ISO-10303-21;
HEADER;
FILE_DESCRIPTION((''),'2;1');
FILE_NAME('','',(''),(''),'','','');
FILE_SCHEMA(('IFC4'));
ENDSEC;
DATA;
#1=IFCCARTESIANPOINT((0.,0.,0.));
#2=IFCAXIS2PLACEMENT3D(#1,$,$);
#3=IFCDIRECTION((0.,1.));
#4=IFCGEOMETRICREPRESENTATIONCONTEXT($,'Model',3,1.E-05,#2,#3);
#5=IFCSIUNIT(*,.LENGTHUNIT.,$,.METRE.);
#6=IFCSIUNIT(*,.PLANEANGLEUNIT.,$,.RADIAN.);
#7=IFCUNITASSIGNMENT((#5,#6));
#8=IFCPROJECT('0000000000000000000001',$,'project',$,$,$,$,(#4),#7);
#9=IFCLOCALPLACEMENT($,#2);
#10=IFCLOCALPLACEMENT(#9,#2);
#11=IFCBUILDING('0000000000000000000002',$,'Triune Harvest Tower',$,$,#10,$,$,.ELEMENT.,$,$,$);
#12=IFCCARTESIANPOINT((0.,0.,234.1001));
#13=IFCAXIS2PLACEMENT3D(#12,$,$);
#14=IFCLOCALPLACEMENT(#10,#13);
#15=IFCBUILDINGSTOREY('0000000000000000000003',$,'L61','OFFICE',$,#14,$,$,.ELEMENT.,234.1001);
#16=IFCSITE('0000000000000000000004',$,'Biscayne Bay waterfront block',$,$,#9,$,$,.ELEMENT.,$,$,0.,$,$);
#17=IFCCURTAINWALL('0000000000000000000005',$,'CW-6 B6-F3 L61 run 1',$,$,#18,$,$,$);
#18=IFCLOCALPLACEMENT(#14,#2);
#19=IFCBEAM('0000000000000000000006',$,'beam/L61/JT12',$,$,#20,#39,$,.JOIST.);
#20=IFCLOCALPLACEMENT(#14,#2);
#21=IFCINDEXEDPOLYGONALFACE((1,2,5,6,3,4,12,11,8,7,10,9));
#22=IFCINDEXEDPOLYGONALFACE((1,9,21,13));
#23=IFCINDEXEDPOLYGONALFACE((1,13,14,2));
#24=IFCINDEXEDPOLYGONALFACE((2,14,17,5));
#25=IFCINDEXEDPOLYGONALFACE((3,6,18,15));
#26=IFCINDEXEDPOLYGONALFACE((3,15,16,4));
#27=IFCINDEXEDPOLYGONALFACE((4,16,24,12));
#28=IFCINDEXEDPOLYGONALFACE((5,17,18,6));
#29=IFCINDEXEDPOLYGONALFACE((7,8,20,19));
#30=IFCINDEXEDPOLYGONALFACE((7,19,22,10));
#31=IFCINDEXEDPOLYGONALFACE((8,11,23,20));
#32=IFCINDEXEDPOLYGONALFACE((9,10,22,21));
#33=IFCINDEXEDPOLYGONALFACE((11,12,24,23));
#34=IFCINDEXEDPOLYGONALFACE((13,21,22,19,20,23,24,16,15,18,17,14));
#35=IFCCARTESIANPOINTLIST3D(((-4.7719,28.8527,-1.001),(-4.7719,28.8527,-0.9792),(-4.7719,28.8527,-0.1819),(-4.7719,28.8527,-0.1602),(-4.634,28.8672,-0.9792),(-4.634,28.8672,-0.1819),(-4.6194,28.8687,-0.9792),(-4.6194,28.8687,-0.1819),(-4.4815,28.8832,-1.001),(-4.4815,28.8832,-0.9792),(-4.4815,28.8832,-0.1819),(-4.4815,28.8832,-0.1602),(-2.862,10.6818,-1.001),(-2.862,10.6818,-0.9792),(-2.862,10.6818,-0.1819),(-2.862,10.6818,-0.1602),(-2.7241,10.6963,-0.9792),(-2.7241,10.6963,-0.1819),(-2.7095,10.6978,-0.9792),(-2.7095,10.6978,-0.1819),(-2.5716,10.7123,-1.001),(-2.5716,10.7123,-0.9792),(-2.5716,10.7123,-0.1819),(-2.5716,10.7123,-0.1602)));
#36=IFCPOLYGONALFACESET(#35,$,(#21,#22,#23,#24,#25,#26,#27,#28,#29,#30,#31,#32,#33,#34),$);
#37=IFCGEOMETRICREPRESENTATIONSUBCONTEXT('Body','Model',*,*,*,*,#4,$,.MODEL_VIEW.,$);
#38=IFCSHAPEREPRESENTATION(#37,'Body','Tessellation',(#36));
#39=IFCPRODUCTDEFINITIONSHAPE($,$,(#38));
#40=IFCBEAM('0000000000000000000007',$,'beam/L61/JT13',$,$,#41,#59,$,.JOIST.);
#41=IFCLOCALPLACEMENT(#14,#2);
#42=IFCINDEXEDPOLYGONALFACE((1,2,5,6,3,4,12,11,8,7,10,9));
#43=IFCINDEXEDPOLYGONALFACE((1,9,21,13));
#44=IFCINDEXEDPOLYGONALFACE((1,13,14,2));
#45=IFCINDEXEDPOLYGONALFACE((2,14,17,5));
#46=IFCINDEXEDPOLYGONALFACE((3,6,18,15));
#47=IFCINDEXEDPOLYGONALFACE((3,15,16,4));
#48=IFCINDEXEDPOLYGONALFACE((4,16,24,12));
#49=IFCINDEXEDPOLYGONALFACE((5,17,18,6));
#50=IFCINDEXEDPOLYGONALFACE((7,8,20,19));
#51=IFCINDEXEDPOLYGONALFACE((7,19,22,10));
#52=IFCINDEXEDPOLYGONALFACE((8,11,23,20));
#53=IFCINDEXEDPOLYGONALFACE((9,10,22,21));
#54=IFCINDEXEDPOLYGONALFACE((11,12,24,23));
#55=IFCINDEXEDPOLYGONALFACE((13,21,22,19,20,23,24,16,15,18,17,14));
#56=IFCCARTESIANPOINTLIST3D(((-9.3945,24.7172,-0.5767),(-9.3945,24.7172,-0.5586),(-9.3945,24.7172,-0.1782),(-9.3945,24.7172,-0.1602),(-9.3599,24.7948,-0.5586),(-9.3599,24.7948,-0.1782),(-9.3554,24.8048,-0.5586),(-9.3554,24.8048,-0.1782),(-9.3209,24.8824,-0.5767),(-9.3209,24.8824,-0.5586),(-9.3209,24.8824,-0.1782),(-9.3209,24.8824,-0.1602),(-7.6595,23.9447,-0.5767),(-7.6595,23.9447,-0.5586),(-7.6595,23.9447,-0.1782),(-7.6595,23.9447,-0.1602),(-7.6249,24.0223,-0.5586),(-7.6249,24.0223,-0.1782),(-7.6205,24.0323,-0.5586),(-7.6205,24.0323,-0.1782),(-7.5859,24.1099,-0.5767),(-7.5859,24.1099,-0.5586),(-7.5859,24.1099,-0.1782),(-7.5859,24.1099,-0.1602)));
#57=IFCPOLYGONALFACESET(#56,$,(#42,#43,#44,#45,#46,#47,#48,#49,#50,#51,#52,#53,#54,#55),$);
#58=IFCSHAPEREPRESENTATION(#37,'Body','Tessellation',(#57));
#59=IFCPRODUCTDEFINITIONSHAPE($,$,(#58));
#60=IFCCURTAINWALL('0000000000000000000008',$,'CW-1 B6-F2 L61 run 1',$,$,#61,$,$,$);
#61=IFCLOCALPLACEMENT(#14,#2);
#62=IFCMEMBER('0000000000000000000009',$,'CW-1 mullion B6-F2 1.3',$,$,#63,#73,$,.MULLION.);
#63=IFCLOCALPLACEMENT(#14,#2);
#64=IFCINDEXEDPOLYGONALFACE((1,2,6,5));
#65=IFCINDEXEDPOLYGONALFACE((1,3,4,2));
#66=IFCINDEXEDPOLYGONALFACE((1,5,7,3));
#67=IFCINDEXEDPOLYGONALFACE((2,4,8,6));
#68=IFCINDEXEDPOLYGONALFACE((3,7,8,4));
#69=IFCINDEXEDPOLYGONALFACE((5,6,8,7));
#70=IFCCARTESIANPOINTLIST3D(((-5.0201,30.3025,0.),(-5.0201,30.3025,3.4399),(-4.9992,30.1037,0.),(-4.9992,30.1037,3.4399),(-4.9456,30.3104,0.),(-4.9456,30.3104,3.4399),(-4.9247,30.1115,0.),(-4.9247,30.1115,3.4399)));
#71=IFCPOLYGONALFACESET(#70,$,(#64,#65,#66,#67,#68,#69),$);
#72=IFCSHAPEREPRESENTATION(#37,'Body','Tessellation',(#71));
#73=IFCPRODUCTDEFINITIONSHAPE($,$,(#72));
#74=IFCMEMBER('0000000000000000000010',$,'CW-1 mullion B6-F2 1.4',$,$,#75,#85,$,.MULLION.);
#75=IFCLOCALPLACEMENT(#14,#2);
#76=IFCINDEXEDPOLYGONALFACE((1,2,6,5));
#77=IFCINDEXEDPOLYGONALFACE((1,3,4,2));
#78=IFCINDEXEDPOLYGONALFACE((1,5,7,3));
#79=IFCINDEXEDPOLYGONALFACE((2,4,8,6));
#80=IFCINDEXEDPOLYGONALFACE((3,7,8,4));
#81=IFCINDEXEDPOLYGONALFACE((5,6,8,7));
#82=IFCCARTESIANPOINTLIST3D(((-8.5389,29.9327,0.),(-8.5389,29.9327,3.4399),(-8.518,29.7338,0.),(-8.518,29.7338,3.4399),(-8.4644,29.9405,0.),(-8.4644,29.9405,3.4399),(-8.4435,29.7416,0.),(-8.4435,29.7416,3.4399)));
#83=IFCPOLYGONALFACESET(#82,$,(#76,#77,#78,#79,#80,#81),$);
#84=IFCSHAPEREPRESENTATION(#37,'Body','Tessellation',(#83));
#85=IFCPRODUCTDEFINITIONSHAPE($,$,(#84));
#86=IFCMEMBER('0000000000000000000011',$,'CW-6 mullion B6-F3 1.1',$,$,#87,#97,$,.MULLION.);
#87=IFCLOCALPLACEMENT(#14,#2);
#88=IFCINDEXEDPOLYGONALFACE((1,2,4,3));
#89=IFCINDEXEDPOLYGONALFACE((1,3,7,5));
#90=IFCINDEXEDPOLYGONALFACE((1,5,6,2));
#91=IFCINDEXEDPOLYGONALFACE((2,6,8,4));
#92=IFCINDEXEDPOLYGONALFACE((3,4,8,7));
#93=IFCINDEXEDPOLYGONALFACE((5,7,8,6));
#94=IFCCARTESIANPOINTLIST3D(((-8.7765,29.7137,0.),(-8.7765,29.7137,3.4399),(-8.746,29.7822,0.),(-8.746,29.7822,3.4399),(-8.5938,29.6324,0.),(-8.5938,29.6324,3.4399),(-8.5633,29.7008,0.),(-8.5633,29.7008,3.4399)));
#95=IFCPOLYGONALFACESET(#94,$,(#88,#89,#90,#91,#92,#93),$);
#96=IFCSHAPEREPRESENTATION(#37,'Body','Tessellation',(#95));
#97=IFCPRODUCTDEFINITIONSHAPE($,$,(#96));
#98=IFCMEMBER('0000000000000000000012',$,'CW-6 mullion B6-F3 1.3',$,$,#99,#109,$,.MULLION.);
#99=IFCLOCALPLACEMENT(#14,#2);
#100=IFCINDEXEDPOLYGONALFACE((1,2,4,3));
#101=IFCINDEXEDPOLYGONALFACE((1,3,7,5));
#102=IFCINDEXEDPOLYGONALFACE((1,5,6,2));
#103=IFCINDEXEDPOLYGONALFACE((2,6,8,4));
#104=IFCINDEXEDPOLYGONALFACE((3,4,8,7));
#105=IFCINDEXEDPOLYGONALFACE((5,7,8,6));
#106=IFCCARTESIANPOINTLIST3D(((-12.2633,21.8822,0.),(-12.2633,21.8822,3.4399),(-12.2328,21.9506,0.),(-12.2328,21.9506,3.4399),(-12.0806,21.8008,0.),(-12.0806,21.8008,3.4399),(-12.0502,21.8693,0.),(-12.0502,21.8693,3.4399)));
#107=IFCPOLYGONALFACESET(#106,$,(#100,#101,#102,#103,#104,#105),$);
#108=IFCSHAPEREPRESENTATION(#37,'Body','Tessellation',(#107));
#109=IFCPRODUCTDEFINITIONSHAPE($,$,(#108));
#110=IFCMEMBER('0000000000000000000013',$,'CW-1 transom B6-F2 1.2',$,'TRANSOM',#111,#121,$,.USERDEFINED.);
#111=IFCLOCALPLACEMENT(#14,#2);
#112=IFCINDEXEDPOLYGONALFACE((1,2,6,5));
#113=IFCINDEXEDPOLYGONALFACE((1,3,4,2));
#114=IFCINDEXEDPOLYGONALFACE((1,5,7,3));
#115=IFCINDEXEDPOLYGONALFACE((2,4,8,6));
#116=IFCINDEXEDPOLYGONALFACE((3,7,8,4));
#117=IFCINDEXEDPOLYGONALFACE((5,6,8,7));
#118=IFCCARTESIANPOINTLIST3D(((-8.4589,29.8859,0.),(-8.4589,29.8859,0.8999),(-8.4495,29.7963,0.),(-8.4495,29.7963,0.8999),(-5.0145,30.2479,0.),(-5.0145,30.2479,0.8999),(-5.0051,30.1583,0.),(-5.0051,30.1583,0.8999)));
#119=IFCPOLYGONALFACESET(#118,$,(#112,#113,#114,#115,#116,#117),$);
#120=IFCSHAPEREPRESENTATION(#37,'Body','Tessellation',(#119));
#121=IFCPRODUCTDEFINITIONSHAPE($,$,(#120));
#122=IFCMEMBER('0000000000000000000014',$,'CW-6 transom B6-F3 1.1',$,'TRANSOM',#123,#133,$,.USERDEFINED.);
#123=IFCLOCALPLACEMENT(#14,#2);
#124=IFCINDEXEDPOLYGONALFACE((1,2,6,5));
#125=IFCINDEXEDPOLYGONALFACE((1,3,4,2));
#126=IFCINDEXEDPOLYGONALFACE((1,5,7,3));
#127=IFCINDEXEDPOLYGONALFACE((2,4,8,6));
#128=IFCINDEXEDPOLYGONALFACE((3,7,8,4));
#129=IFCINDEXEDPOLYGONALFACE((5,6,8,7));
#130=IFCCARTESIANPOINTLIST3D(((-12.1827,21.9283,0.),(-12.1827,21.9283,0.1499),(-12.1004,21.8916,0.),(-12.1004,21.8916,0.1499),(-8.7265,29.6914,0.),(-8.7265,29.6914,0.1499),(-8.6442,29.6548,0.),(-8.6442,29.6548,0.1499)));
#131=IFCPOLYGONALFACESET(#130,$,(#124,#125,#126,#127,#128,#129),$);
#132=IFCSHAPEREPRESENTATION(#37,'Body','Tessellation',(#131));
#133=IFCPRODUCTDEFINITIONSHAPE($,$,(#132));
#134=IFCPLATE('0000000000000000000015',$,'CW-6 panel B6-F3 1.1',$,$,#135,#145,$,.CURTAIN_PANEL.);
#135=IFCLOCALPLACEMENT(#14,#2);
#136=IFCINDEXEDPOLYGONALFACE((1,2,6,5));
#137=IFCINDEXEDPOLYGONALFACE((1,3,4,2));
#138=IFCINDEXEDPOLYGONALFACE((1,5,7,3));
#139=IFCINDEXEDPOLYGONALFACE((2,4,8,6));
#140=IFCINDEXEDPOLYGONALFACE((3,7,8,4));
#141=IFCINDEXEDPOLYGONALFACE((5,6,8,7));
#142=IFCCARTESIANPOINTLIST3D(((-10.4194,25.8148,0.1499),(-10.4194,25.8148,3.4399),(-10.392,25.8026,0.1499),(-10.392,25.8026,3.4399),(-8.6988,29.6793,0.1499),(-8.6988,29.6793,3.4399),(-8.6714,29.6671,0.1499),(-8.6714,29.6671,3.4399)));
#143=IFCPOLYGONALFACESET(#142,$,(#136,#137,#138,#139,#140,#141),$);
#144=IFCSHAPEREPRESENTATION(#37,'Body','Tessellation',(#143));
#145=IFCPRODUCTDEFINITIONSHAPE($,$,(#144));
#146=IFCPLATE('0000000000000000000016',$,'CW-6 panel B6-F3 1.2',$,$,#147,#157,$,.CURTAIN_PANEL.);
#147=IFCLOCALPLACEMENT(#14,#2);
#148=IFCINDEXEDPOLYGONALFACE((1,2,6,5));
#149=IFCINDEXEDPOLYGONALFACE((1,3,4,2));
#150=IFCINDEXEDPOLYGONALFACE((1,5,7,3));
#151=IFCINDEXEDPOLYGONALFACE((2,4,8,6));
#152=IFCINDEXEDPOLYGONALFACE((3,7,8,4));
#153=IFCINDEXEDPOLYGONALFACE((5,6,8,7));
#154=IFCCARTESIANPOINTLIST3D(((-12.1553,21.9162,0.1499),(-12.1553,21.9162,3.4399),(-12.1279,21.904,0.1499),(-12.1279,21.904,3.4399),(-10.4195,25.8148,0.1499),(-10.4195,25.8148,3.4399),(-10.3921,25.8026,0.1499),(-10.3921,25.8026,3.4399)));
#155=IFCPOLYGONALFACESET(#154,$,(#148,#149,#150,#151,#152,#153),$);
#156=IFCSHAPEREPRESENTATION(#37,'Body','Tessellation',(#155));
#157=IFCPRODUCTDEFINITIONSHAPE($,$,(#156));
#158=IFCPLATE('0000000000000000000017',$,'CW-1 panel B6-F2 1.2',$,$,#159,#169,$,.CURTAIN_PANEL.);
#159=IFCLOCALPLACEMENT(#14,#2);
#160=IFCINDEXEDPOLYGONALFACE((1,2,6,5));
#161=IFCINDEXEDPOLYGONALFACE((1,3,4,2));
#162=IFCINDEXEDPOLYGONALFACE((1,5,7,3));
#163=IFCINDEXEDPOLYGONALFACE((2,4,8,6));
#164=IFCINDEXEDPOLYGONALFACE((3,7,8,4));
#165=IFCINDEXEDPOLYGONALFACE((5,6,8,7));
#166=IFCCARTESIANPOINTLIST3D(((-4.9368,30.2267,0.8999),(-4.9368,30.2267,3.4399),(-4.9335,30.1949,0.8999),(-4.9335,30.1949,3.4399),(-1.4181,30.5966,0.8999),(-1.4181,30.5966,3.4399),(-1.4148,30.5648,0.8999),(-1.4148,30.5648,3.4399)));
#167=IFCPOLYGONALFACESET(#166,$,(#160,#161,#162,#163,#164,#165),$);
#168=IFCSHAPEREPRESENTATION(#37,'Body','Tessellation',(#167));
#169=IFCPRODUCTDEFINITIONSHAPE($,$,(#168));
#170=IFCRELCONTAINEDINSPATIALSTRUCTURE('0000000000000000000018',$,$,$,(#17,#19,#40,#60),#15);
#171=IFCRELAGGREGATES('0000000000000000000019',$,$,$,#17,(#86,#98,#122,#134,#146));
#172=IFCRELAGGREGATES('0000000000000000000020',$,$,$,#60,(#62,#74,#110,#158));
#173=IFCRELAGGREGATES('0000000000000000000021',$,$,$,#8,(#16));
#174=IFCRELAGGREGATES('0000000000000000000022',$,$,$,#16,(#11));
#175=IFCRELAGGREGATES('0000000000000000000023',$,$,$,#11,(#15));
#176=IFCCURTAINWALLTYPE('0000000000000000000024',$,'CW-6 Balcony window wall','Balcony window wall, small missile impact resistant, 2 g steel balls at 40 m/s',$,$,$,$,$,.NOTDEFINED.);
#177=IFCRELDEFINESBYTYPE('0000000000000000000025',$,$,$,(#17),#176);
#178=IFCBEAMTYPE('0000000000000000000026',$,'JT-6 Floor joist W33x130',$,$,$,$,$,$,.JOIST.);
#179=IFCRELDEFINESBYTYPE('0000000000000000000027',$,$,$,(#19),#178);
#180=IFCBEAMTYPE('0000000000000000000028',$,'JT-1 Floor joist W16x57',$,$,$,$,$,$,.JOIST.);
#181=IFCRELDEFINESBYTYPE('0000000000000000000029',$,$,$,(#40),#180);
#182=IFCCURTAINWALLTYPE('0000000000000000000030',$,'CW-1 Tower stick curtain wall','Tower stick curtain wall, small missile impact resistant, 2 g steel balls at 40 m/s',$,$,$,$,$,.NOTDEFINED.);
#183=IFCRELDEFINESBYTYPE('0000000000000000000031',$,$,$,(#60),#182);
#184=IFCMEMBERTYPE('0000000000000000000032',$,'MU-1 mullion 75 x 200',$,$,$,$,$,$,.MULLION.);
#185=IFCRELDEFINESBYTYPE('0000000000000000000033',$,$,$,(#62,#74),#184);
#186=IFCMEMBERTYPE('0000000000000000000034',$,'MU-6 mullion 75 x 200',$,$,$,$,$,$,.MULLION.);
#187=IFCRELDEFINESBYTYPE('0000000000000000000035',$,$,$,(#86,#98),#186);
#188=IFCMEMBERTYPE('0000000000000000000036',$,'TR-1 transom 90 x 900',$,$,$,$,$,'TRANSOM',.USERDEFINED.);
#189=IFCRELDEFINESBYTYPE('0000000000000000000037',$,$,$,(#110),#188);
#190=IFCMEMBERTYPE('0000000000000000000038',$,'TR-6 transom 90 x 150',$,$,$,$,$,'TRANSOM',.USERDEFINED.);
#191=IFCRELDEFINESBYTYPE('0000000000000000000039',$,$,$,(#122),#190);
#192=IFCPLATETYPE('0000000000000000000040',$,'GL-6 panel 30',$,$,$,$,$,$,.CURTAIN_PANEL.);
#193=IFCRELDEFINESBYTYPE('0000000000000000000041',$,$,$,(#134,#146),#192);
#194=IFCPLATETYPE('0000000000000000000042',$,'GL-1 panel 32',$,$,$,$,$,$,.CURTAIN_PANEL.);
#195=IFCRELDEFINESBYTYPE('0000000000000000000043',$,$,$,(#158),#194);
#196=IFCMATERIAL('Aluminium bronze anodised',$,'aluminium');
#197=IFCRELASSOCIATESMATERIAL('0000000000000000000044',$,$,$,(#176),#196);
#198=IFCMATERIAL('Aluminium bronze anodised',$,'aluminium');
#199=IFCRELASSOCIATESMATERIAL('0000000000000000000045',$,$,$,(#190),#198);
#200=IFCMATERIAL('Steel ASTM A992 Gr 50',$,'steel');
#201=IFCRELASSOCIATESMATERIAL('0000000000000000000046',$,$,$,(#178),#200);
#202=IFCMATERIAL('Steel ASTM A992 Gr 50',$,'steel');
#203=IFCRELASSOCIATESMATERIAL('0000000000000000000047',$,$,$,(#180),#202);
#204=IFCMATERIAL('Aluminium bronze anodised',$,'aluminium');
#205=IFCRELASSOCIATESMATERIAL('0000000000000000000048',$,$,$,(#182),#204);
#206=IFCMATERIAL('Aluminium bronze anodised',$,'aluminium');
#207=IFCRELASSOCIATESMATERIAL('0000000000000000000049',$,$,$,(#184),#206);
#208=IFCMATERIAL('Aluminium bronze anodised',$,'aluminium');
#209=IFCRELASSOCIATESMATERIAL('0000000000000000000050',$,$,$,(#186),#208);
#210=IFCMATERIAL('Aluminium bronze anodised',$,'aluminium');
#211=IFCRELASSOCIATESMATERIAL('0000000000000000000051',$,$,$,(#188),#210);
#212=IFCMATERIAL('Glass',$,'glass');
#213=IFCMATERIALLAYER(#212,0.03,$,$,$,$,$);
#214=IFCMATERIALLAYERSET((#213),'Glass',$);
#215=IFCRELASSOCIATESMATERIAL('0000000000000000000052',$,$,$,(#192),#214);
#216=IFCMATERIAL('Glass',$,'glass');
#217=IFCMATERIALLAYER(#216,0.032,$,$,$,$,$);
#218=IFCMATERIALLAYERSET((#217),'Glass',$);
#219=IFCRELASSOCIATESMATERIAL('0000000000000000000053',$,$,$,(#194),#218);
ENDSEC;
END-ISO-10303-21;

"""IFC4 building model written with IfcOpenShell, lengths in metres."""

from ifc_helpers import new_model, si_unit, direction, frame, origin, origin_2d, place, context, subcontext, project, spatial, rectangle, i_section, extrude, source, transform, mapped, material, layer, layer_set, material_profile, profile_set, type_object, element, aggregate, save


model = new_model("IFC4")

# Units and contexts
model_context = context("Model", 3, precision=1e-05, world=origin(), true_north=direction((0.0, 1.0)))
body_context = subcontext(model_context, "Body", "Model", "MODEL_VIEW")
ifc_project = project(units=[si_unit("LENGTHUNIT", "METRE"), si_unit("PLANEANGLEUNIT", "RADIAN")], contexts=[model_context])

# Site, building, storey
site_placement = place(None, origin())
site = spatial("IfcSite", under=ifc_project, at=site_placement, Name="Biscayne Bay waterfront block", CompositionType="ELEMENT", RefElevation=0.0)
building_placement = place(site_placement, origin())
building = spatial("IfcBuilding", under=site, at=building_placement, Name="Triune Harvest Tower", CompositionType="ELEMENT")
storey_placement = place(building_placement, frame((0.0, 0.0, 234.1001)))
storey = spatial("IfcBuildingStorey", under=building, at=storey_placement, Name="L61", Description="OFFICE", CompositionType="ELEMENT", Elevation=234.1001)

# Curtain wall
ifc_material_1 = material(Name="Aluminium bronze anodised", Category="aluminium")
curtain_wall_type_1 = type_object("IfcCurtainWallType", Name="CW-6 Balcony window wall", Description="Balcony window wall, small missile impact resistant, 2 g steel balls at 40 m/s", PredefinedType="NOTDEFINED", material=ifc_material_1)
curtain_wall_1_placement = place(storey_placement, origin())
curtain_wall_1 = element("IfcCurtainWall", 1, at=curtain_wall_1_placement, inside=storey, type_object=curtain_wall_type_1, Name="CW-6 B6-F3 L61 run 1")
ifc_material_2 = material(Name="Aluminium bronze anodised", Category="aluminium")
ifc_material_profile_1 = material_profile(ifc_material_2, rectangle(XDim=0.0901, YDim=0.1499, at=origin_2d()), Name="TR-6 transom 90 x 150")
ifc_profile_set_1 = profile_set([ifc_material_profile_1], Name="Aluminium bronze anodised")
member_type_1 = type_object("IfcMemberType", Name="TR-6 transom 90 x 150", ElementType="TRANSOM", PredefinedType="USERDEFINED", material=ifc_profile_set_1)

# Beams
ifc_material_3 = material(Name="Steel ASTM A992 Gr 50", Category="steel")
ifc_material_profile_2 = material_profile(ifc_material_3, i_section(OverallWidth=0.292, OverallDepth=0.8408, WebThickness=0.0146, FlangeThickness=0.0217, at=origin_2d()), Name="W33x130")
ifc_profile_set_2 = profile_set([ifc_material_profile_2], Name="Steel ASTM A992 Gr 50")
beam_type_1 = type_object("IfcBeamType", Name="JT-6 Floor joist W33x130", PredefinedType="JOIST", material=ifc_profile_set_2)
shared_shape_1 = source(origin(), body_context, "Body", "SweptSolid", [
    extrude(i_section(OverallWidth=0.292, OverallDepth=0.8408, WebThickness=0.0146, FlangeThickness=0.0217, at=origin_2d()), origin(), (0.0, 0.0, 1.0), 18.271),
])
beam_1_placement = place(storey_placement, frame((-4.6267, 28.8679, -0.5806), z_axis=(0.104532, -0.994521, 0.0), x_axis=(0.994521, 0.104532, 0.0)))
element("IfcBeam", 2, at=beam_1_placement, inside=storey, type_object=beam_type_1, Name="beam/L61/JT12", PredefinedType="JOIST", context=body_context, shape_type="MappedRepresentation", body=[
    mapped(shared_shape_1, transform((0.0, 0.0, 0.0), scale=1.0)),
])
ifc_material_4 = material(Name="Steel ASTM A992 Gr 50", Category="steel")
ifc_material_profile_3 = material_profile(ifc_material_4, i_section(OverallWidth=0.1809, OverallDepth=0.4165, WebThickness=0.011, FlangeThickness=0.0181, at=origin_2d()), Name="W16x57")
ifc_profile_set_3 = profile_set([ifc_material_profile_3], Name="Steel ASTM A992 Gr 50")
beam_type_2 = type_object("IfcBeamType", Name="JT-1 Floor joist W16x57", PredefinedType="JOIST", material=ifc_profile_set_3)
shared_shape_2 = source(origin(), body_context, "Body", "SweptSolid", [
    extrude(i_section(OverallWidth=0.1809, OverallDepth=0.4165, WebThickness=0.011, FlangeThickness=0.0181, at=origin_2d()), origin(), (0.0, 0.0, 1.0), 1.8992),
])
beam_2_placement = place(storey_placement, frame((-9.3577, 24.7998, -0.3684), z_axis=(0.913536, -0.406759, 0.0), x_axis=(0.406759, 0.913536, 0.0)))
element("IfcBeam", 3, at=beam_2_placement, inside=storey, type_object=beam_type_2, Name="beam/L61/JT13", PredefinedType="JOIST", context=body_context, shape_type="MappedRepresentation", body=[
    mapped(shared_shape_2, transform((0.0, 0.0, 0.0), scale=1.0)),
])

# Curtain wall, members
ifc_material_5 = material(Name="Aluminium bronze anodised", Category="aluminium")
curtain_wall_type_2 = type_object("IfcCurtainWallType", Name="CW-1 Tower stick curtain wall", Description="Tower stick curtain wall, small missile impact resistant, 2 g steel balls at 40 m/s", PredefinedType="NOTDEFINED", material=ifc_material_5)
curtain_wall_2_placement = place(storey_placement, origin())
curtain_wall_2 = element("IfcCurtainWall", 4, at=curtain_wall_2_placement, inside=storey, type_object=curtain_wall_type_2, Name="CW-1 B6-F2 L61 run 1")
ifc_material_6 = material(Name="Aluminium bronze anodised", Category="aluminium")
ifc_material_profile_4 = material_profile(ifc_material_6, rectangle(XDim=0.2, YDim=0.075, at=origin_2d()), Name="MU-1 mullion 75 x 200")
ifc_profile_set_4 = profile_set([ifc_material_profile_4], Name="Aluminium bronze anodised")
member_type_2 = type_object("IfcMemberType", Name="MU-1 mullion 75 x 200", PredefinedType="MULLION", material=ifc_profile_set_4)
shared_shape_3 = source(origin(), body_context, "Body", "SweptSolid", [
    extrude(rectangle(XDim=0.2, YDim=0.075, at=origin_2d()), origin(), (0.0, 0.0, 1.0), 3.4399),
])
member_1_placement = place(storey_placement, frame((-4.9724, 30.207, 0.0), z_axis=(0.0, 0.0, 1.0), x_axis=(0.10453, -0.994522, 0.0)))
member_1 = element("IfcMember", 5, at=member_1_placement, type_object=member_type_2, Name="CW-1 mullion B6-F2 1.3", PredefinedType="MULLION", context=body_context, shape_type="MappedRepresentation", body=[
    mapped(shared_shape_3, transform((0.0, 0.0, 0.0), scale=1.0)),
])
member_2_placement = place(storey_placement, frame((-8.4912, 29.8372, 0.0), z_axis=(0.0, 0.0, 1.0), x_axis=(0.10453, -0.994522, 0.0)))
member_2 = element("IfcMember", 6, at=member_2_placement, type_object=member_type_2, Name="CW-1 mullion B6-F2 1.4", PredefinedType="MULLION", context=body_context, shape_type="MappedRepresentation", body=[
    mapped(shared_shape_3, transform((0.0, 0.0, 0.0), scale=1.0)),
])

# Members
ifc_material_7 = material(Name="Aluminium bronze anodised", Category="aluminium")
ifc_material_profile_5 = material_profile(ifc_material_7, rectangle(XDim=0.2, YDim=0.075, at=origin_2d()), Name="MU-6 mullion 75 x 200")
ifc_profile_set_5 = profile_set([ifc_material_profile_5], Name="Aluminium bronze anodised")
member_type_3 = type_object("IfcMemberType", Name="MU-6 mullion 75 x 200", PredefinedType="MULLION", material=ifc_profile_set_5)
shared_shape_4 = source(origin(), body_context, "Body", "SweptSolid", [
    extrude(rectangle(XDim=0.2, YDim=0.075, at=origin_2d()), origin(), (0.0, 0.0, 1.0), 3.4399),
])
member_3_placement = place(storey_placement, frame((-8.6699, 29.7073, 0.0), z_axis=(0.0, 0.0, 1.0), x_axis=(0.913544, -0.406739, 0.0)))
member_3 = element("IfcMember", 7, at=member_3_placement, type_object=member_type_3, Name="CW-6 mullion B6-F3 1.1", PredefinedType="MULLION", context=body_context, shape_type="MappedRepresentation", body=[
    mapped(shared_shape_4, transform((0.0, 0.0, 0.0), scale=1.0)),
])
member_4_placement = place(storey_placement, frame((-12.1567, 21.8757, 0.0), z_axis=(0.0, 0.0, 1.0), x_axis=(0.913544, -0.406739, 0.0)))
member_4 = element("IfcMember", 8, at=member_4_placement, type_object=member_type_3, Name="CW-6 mullion B6-F3 1.3", PredefinedType="MULLION", context=body_context, shape_type="MappedRepresentation", body=[
    mapped(shared_shape_4, transform((0.0, 0.0, 0.0), scale=1.0)),
])
ifc_material_8 = material(Name="Aluminium bronze anodised", Category="aluminium")
ifc_material_profile_6 = material_profile(ifc_material_8, rectangle(XDim=0.0901, YDim=0.8999, at=origin_2d()), Name="TR-1 transom 90 x 900")
ifc_profile_set_6 = profile_set([ifc_material_profile_6], Name="Aluminium bronze anodised")
member_type_4 = type_object("IfcMemberType", Name="TR-1 transom 90 x 900", ElementType="TRANSOM", PredefinedType="USERDEFINED", material=ifc_profile_set_6)
shared_shape_5 = source(origin(), body_context, "Body", "SweptSolid", [
    extrude(rectangle(XDim=0.0901, YDim=0.8999, at=origin_2d()), origin(), (0.0, 0.0, 1.0), 3.4634),
])
member_5_placement = place(storey_placement, frame((-5.0098, 30.2031, 0.45), z_axis=(-0.994521, -0.104542, 0.0), x_axis=(0.104542, -0.994521, 0.0)))
member_5 = element("IfcMember", 9, at=member_5_placement, type_object=member_type_4, Name="CW-1 transom B6-F2 1.2", ObjectType="TRANSOM", PredefinedType="USERDEFINED", context=body_context, shape_type="MappedRepresentation", body=[
    mapped(shared_shape_5, transform((0.0, 0.0, 0.0), scale=1.0)),
])
shared_shape_6 = source(origin(), body_context, "Body", "SweptSolid", [
    extrude(rectangle(XDim=0.0901, YDim=0.1499, at=origin_2d()), origin(), (0.0, 0.0, 1.0), 8.4978),
])
member_6_placement = place(storey_placement, frame((-8.6853, 29.6731, 0.075), z_axis=(-0.406727, -0.91355, 0.0), x_axis=(0.91355, -0.406727, 0.0)))
member_6 = element("IfcMember", 10, at=member_6_placement, type_object=member_type_1, Name="CW-6 transom B6-F3 1.1", ObjectType="TRANSOM", PredefinedType="USERDEFINED", context=body_context, shape_type="MappedRepresentation", body=[
    mapped(shared_shape_6, transform((0.0, 0.0, 0.0), scale=1.0)),
])

# Plates
ifc_material_9 = material(Name="Glass", Category="glass")
ifc_layer_1 = layer(ifc_material_9, 0.03)
ifc_layer_set_1 = layer_set([ifc_layer_1], Name="Glass")
plate_type_1 = type_object("IfcPlateType", Name="GL-6 panel 30", PredefinedType="CURTAIN_PANEL", material=ifc_layer_set_1)
plate_1_placement = place(storey_placement, frame((-9.5454, 27.741, 0.1499), z_axis=(0.0, 0.0, 1.0), x_axis=(-0.406739, -0.913544, 0.0)))
plate_1 = element("IfcPlate", 11, at=plate_1_placement, type_object=plate_type_1, Name="CW-6 panel B6-F3 1.1", PredefinedType="CURTAIN_PANEL", context=body_context, shape_type="SweptSolid", body=[
    extrude(rectangle(XDim=4.2302, YDim=0.03, at=origin_2d()), origin(), (0.0, 0.0, 1.0), 3.29),
])
plate_2_placement = place(storey_placement, frame((-11.2737, 23.8594, 0.1499), z_axis=(0.0, 0.0, 1.0), x_axis=(-0.406739, -0.913544, 0.0)))
plate_2 = element("IfcPlate", 12, at=plate_2_placement, type_object=plate_type_1, Name="CW-6 panel B6-F3 1.2", PredefinedType="CURTAIN_PANEL", context=body_context, shape_type="SweptSolid", body=[
    extrude(rectangle(XDim=4.2676, YDim=0.03, at=origin_2d()), origin(), (0.0, 0.0, 1.0), 3.29),
])
aggregate(curtain_wall_1, [member_3, member_4, member_6, plate_1, plate_2])
ifc_material_10 = material(Name="Glass", Category="glass")
ifc_layer_2 = layer(ifc_material_10, 0.032)
ifc_layer_set_2 = layer_set([ifc_layer_2], Name="Glass")
plate_type_2 = type_object("IfcPlateType", Name="GL-1 panel 32", PredefinedType="CURTAIN_PANEL", material=ifc_layer_set_2)
shared_shape_7 = source(origin(), body_context, "Body", "SweptSolid", [
    extrude(rectangle(XDim=3.5381, YDim=0.032, at=origin_2d()), origin(), (0.0, 0.0, 1.0), 2.54),
])
plate_3_placement = place(storey_placement, frame((-3.1758, 30.3958, 0.8999), z_axis=(0.0, 0.0, 1.0), x_axis=(-0.994522, -0.10453, 0.0)))
plate_3 = element("IfcPlate", 13, at=plate_3_placement, type_object=plate_type_2, Name="CW-1 panel B6-F2 1.2", PredefinedType="CURTAIN_PANEL", context=body_context, shape_type="MappedRepresentation", body=[
    mapped(shared_shape_7, transform((0.0, 0.0, 0.0), scale=1.0)),
])
aggregate(curtain_wall_2, [member_1, member_2, member_5, plate_3])

save(model, "model.ifc")
